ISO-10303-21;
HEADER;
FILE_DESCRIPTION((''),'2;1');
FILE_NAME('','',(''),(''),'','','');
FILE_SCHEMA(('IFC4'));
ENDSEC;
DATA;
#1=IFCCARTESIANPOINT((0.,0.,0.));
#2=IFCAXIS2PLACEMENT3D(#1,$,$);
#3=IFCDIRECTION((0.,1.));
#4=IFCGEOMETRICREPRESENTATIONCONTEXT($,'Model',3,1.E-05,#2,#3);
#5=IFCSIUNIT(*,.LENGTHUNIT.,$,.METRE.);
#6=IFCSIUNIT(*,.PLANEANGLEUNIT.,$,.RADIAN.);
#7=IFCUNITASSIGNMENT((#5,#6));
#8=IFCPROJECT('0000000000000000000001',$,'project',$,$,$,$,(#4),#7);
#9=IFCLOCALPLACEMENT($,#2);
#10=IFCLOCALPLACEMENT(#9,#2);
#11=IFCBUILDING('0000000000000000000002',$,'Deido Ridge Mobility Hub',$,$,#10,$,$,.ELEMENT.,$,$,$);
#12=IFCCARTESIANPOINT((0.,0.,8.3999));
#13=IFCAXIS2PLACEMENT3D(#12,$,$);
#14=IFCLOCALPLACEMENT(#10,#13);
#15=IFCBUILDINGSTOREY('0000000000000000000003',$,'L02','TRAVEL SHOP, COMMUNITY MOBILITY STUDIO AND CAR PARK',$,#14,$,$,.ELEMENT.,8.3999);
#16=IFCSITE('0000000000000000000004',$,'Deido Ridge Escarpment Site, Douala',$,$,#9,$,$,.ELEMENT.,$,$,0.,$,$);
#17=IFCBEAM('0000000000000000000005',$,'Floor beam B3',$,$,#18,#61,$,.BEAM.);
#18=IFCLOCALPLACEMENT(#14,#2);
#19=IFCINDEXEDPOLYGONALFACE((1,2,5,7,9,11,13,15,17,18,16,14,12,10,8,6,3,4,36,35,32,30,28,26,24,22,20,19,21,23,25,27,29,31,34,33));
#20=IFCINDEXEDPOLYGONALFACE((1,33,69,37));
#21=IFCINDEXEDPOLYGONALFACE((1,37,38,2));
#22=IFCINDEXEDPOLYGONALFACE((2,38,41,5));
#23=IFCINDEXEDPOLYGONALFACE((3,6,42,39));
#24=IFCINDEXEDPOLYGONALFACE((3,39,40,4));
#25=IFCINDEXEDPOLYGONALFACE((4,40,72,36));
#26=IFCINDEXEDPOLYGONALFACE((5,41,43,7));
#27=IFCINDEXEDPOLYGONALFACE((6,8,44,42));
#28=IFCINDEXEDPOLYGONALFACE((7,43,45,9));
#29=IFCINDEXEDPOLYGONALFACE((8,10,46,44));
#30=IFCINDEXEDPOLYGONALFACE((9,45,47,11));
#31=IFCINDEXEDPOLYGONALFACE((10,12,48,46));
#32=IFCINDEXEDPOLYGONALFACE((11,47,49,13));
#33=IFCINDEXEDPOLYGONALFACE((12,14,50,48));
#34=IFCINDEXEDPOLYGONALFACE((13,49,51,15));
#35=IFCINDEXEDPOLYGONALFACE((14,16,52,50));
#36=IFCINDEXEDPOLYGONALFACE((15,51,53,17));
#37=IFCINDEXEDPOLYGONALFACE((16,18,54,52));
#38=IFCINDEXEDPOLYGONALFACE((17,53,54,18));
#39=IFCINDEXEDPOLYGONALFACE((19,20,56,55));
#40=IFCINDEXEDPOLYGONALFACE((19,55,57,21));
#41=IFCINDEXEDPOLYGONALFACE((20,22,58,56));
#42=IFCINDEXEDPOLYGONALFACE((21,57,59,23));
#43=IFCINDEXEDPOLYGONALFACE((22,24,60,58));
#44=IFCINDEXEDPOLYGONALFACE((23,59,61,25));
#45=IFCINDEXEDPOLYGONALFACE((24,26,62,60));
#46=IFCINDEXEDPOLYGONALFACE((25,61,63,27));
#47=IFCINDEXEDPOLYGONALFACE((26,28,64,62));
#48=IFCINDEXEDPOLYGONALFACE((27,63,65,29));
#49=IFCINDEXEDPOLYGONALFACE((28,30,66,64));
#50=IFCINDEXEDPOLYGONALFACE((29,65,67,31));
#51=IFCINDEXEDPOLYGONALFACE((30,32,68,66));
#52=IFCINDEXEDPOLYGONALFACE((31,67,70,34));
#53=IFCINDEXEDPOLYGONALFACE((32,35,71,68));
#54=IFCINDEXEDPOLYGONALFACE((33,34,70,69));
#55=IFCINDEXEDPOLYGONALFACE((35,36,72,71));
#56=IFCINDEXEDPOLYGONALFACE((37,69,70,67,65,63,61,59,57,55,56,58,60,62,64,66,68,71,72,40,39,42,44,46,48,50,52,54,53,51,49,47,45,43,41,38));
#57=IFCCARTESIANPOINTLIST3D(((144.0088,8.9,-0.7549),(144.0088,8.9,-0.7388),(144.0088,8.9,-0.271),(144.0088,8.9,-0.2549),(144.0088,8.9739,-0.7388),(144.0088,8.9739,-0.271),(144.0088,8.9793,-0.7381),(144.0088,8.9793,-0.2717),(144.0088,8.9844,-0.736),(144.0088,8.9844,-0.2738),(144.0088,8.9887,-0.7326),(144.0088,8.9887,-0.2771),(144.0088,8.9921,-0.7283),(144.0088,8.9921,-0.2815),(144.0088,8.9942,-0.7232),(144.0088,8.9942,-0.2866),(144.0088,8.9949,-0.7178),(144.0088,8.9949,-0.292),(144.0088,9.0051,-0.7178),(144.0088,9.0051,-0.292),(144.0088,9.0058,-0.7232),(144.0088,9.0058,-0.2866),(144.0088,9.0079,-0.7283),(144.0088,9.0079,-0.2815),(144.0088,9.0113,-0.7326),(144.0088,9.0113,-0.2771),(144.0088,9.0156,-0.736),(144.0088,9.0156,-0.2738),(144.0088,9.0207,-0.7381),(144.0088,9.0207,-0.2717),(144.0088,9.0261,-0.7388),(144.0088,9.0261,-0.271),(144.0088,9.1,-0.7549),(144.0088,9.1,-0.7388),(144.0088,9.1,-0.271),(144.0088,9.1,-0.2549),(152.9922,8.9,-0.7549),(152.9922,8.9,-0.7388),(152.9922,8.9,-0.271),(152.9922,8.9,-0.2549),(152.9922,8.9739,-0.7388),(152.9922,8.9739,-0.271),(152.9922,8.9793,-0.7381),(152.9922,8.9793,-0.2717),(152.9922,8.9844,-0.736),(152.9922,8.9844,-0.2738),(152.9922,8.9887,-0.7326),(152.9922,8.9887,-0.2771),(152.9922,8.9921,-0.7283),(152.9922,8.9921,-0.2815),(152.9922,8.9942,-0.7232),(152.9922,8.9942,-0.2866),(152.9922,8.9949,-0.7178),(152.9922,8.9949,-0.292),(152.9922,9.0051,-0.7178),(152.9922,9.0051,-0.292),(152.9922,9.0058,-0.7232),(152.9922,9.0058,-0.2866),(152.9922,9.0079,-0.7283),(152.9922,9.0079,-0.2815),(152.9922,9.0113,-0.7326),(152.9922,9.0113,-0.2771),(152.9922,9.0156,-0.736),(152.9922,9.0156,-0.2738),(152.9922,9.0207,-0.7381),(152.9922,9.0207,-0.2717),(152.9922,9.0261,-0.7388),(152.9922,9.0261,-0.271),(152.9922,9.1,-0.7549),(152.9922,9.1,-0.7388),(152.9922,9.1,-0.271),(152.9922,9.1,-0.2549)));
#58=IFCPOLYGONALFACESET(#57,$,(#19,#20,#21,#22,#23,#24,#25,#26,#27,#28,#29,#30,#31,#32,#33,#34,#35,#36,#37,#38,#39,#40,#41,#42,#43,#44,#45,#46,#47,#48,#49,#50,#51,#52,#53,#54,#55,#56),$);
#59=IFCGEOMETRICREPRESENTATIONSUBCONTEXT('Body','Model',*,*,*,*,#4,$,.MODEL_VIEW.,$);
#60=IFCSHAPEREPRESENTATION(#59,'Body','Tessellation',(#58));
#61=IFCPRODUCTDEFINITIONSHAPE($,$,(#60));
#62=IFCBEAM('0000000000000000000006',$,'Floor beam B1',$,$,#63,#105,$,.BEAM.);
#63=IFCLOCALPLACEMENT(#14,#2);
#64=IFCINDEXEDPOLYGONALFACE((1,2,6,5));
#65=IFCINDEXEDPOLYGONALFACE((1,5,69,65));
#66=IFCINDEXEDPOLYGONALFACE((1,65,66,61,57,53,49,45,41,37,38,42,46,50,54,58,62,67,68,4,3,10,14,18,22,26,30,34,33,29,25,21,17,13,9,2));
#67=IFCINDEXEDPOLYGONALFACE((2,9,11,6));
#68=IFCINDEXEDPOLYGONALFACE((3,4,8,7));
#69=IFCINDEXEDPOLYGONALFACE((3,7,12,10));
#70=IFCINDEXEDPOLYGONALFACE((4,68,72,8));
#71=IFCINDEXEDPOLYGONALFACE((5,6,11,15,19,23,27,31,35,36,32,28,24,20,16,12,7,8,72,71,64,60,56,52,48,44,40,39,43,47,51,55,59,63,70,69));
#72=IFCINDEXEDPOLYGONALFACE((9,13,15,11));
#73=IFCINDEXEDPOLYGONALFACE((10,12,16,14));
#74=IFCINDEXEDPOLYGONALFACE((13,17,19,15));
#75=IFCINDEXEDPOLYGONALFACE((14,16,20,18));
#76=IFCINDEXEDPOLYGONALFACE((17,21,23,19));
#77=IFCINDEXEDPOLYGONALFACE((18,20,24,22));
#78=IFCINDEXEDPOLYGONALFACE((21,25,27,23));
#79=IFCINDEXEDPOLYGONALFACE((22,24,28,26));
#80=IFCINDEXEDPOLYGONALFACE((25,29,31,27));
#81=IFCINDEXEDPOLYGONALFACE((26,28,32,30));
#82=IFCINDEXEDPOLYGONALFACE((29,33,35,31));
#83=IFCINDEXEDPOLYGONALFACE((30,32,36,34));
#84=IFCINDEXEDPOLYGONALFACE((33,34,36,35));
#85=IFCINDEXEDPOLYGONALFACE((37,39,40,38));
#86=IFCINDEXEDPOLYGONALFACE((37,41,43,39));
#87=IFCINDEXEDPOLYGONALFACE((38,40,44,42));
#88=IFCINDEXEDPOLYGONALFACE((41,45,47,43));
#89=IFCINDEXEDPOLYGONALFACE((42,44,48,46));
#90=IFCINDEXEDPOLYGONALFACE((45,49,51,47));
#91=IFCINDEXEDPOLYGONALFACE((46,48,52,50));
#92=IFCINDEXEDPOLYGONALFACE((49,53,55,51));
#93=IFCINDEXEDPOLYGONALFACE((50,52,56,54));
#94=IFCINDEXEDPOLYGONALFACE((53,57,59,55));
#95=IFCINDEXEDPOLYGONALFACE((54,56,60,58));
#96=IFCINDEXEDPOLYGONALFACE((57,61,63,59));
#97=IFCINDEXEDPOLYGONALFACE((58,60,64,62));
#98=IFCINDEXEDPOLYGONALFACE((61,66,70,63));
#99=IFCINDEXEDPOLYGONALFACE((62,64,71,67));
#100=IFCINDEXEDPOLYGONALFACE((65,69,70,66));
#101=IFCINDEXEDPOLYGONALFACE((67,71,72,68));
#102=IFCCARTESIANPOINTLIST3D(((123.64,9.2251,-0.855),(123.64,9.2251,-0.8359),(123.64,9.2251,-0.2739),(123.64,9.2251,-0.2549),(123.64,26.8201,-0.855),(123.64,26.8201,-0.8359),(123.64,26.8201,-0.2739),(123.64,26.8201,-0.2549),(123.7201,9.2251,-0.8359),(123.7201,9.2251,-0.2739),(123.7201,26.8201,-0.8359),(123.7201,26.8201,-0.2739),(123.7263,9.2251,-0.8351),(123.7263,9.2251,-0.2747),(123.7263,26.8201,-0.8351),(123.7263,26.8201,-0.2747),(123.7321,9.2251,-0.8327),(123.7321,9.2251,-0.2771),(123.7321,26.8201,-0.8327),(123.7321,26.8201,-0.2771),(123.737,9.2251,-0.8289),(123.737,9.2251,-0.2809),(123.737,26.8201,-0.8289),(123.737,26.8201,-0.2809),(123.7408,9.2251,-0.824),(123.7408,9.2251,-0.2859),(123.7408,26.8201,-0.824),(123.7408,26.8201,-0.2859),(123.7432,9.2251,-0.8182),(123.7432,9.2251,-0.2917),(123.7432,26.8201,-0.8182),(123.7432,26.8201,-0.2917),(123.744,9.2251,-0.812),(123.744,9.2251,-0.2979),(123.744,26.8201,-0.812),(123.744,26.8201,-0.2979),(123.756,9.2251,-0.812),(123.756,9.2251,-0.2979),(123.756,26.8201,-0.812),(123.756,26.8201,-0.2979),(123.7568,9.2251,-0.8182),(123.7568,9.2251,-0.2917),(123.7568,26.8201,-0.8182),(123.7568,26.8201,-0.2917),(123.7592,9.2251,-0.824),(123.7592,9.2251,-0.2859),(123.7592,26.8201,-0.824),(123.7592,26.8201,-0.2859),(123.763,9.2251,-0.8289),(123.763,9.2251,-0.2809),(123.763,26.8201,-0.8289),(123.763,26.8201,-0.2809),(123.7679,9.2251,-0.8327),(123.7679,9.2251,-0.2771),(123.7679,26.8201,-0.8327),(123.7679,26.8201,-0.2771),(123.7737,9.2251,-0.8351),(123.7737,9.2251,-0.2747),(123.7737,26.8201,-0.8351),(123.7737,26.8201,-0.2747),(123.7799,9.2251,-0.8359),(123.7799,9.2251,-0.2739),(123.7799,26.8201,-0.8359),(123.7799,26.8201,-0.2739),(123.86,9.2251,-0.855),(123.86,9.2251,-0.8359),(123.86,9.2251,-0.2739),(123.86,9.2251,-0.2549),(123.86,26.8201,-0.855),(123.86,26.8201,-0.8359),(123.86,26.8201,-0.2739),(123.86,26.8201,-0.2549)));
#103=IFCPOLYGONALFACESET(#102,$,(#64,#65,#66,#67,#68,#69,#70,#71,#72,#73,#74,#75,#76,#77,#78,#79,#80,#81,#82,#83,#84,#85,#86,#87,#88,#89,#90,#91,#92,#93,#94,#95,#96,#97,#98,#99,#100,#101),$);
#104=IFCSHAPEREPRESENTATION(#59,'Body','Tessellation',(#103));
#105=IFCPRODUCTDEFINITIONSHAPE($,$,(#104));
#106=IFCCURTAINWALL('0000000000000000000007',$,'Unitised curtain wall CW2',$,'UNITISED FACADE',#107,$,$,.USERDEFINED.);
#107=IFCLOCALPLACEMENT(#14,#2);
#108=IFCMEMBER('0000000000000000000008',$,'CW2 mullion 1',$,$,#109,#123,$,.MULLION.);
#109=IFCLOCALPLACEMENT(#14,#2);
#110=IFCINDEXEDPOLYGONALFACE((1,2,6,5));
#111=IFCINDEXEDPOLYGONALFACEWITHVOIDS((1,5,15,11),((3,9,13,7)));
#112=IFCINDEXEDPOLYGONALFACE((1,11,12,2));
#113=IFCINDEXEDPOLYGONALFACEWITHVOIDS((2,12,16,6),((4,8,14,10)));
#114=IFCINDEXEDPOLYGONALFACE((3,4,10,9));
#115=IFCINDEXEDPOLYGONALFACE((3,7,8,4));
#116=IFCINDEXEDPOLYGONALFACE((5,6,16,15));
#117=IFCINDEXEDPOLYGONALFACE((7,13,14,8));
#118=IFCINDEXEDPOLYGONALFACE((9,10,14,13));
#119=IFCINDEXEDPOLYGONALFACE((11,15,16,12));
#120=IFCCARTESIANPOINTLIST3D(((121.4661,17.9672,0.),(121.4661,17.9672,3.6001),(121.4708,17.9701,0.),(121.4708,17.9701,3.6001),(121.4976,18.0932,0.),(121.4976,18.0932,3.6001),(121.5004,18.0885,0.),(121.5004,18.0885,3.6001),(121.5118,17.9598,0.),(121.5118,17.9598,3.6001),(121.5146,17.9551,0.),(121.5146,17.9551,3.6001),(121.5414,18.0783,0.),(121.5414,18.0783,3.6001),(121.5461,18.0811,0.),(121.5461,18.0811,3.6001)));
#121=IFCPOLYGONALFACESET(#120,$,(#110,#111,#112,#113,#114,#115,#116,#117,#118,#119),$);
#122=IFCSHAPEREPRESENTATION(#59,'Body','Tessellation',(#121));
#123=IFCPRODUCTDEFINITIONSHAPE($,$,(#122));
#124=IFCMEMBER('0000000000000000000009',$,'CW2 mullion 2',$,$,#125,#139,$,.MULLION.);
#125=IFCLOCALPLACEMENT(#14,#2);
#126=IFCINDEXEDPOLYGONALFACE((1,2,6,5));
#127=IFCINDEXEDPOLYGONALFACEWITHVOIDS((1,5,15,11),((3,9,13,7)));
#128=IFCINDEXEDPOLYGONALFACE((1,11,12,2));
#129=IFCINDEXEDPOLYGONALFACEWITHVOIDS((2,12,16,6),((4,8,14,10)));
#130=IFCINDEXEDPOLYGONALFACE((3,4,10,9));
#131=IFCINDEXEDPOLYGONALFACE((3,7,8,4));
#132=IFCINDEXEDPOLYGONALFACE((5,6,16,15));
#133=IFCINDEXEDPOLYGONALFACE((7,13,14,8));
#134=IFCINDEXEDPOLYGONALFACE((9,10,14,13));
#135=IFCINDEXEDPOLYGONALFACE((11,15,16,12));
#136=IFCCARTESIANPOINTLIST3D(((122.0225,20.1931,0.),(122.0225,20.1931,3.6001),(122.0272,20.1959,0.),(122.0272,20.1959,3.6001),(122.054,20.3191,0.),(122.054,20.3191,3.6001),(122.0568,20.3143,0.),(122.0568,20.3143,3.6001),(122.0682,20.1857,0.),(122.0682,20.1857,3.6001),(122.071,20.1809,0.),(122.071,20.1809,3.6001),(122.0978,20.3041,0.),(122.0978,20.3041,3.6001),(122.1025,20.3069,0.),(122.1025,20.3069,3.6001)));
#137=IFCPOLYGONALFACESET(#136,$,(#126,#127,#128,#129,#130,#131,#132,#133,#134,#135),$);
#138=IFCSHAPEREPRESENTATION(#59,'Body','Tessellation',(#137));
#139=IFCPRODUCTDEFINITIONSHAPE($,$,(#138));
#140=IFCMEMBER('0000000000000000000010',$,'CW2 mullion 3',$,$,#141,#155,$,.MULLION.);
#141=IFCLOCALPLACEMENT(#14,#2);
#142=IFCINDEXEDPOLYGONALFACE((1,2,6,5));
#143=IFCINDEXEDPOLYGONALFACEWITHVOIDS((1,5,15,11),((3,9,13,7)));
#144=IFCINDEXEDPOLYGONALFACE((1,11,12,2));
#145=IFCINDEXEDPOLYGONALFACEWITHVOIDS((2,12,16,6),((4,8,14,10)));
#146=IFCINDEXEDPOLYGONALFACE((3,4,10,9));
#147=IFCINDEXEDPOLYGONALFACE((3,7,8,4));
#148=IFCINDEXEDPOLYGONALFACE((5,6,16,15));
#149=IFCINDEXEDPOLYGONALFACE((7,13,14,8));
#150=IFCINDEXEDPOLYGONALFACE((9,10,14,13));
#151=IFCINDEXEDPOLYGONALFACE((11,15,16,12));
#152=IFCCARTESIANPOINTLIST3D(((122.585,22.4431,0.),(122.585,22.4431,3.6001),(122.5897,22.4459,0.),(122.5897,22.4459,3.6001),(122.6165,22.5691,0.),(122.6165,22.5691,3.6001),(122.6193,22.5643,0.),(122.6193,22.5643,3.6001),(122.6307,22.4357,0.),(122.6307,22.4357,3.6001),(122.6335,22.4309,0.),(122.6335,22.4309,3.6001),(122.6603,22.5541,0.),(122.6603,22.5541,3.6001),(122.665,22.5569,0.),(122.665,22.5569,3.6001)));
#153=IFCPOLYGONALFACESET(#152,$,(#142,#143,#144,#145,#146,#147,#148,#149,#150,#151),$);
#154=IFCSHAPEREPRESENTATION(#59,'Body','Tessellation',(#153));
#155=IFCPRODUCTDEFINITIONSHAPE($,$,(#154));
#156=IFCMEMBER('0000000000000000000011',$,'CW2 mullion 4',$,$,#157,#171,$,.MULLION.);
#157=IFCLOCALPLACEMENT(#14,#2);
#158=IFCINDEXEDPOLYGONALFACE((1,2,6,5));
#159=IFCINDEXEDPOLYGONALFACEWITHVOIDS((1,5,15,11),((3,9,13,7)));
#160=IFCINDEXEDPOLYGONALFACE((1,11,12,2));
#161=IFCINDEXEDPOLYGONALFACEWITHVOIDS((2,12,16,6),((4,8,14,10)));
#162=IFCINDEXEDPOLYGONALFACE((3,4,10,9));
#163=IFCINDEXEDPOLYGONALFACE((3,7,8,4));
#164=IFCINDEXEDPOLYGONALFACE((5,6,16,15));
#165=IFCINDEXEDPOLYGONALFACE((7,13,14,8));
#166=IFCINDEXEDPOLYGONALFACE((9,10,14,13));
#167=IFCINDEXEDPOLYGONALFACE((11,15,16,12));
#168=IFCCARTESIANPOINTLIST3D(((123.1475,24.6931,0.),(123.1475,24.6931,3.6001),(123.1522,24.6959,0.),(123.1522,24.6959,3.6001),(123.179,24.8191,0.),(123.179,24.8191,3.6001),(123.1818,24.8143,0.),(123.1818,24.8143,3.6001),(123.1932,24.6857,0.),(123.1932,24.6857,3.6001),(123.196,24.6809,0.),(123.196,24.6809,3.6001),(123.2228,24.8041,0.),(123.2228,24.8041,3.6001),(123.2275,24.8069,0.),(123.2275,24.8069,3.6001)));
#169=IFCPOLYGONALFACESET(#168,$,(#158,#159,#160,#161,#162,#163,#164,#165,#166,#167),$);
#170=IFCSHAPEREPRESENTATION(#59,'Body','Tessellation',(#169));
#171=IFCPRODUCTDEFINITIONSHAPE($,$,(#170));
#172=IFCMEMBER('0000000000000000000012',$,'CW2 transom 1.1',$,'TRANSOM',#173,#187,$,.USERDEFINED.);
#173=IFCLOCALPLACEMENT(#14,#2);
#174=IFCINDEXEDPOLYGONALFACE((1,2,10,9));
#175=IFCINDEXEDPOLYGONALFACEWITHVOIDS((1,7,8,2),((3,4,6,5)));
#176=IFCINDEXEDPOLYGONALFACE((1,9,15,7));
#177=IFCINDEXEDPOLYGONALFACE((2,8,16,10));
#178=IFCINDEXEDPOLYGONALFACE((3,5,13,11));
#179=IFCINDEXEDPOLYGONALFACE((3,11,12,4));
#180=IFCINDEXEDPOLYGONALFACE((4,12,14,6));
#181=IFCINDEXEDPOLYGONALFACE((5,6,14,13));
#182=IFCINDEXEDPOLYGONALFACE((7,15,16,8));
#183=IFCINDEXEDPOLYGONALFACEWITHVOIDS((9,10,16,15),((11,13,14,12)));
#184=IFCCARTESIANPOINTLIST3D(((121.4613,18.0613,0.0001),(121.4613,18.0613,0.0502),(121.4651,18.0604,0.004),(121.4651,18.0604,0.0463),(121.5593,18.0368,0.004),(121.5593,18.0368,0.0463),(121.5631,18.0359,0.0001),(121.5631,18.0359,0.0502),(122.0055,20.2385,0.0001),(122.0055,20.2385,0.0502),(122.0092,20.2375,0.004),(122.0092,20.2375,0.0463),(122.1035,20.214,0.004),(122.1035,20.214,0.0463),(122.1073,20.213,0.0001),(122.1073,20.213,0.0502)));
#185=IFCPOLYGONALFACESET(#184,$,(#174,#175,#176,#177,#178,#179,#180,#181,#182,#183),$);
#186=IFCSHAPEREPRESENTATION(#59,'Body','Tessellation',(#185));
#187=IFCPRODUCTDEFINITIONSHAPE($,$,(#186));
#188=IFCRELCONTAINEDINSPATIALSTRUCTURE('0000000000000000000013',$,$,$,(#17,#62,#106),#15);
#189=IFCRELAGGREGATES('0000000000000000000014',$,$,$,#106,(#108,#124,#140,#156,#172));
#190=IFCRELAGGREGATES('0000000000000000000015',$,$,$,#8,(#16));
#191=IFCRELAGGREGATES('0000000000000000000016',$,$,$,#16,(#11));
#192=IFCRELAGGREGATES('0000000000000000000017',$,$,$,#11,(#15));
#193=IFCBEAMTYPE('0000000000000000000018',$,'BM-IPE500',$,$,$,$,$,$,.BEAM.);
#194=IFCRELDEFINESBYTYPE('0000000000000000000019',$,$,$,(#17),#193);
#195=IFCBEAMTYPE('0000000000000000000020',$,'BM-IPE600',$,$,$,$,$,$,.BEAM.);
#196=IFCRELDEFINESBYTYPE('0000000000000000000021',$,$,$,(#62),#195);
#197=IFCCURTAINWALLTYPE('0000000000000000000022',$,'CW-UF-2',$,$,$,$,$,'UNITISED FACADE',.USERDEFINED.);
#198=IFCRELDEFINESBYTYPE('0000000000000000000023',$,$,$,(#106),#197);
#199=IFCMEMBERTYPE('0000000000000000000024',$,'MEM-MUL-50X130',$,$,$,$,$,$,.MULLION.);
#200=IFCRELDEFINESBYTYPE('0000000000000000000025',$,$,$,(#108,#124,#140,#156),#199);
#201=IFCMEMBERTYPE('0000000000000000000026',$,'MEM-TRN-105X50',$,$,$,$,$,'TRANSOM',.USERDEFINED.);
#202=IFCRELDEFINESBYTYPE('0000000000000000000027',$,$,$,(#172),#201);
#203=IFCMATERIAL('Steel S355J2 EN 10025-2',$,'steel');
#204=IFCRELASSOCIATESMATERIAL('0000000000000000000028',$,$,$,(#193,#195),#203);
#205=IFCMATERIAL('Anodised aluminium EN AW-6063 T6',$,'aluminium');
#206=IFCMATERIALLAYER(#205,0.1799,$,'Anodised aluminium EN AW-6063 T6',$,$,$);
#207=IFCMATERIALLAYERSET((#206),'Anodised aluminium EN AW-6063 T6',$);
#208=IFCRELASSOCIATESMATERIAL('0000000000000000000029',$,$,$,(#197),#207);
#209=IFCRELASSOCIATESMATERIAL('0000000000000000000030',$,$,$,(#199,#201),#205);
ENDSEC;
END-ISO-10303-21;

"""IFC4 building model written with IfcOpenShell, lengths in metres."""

from ifc_helpers import new_model, si_unit, direction, frame, origin, origin_2d, place, context, subcontext, project, spatial, hollow_rectangle, i_section, extrude, material, layer, layer_set, material_profile, profile_set, type_object, element, aggregate, save


model = new_model("IFC4")

# Units and contexts
model_context = context("Model", 3, precision=1e-05, world=origin(), true_north=direction((0.0, 1.0)))
body_context = subcontext(model_context, "Body", "Model", "MODEL_VIEW")
ifc_project = project(units=[si_unit("LENGTHUNIT", "METRE"), si_unit("PLANEANGLEUNIT", "RADIAN")], contexts=[model_context])

# Site, building, storey
site_placement = place(None, origin())
site = spatial("IfcSite", under=ifc_project, at=site_placement, Name="Deido Ridge Escarpment Site, Douala", CompositionType="ELEMENT", RefElevation=0.0)
building_placement = place(site_placement, origin())
building = spatial("IfcBuilding", under=site, at=building_placement, Name="Deido Ridge Mobility Hub", CompositionType="ELEMENT")
storey_placement = place(building_placement, frame((0.0, 0.0, 8.3999)))
storey = spatial("IfcBuildingStorey", under=building, at=storey_placement, Name="L02", Description="TRAVEL SHOP, COMMUNITY MOBILITY STUDIO AND CAR PARK", CompositionType="ELEMENT", Elevation=8.3999)

# Shared definitions
ifc_material_1 = material(Name="Steel S355J2 EN 10025-2", Category="steel")

# Beams
ifc_material_profile_1 = material_profile(ifc_material_1, i_section(OverallWidth=0.2, OverallDepth=0.5, WebThickness=0.0103, FlangeThickness=0.0161, FilletRadius=0.021, at=origin_2d()), Name="IPE 500")
ifc_profile_set_1 = profile_set([ifc_material_profile_1], Name="Steel S355J2 EN 10025-2")
beam_type_1 = type_object("IfcBeamType", Name="BM-IPE500", PredefinedType="BEAM", material=ifc_profile_set_1)
beam_1_placement = place(storey_placement, frame((144.0088, 9.0, -0.5049), z_axis=(1.0, 0.0, 0.0), x_axis=(0.0, 1.0, 0.0)))
element("IfcBeam", 1, at=beam_1_placement, inside=storey, type_object=beam_type_1, Name="Floor beam B3", PredefinedType="BEAM", context=body_context, shape_type="SweptSolid", body=[
    extrude(i_section(OverallWidth=0.2, OverallDepth=0.5, WebThickness=0.0103, FlangeThickness=0.0161, FilletRadius=0.021, at=origin_2d()), origin(), (0.0, 0.0, 1.0), 8.9834),
])
ifc_material_profile_2 = material_profile(ifc_material_1, i_section(OverallWidth=0.22, OverallDepth=0.6001, WebThickness=0.012, FlangeThickness=0.019, FilletRadius=0.0239, at=origin_2d()), Name="IPE 600")
ifc_profile_set_2 = profile_set([ifc_material_profile_2], Name="Steel S355J2 EN 10025-2")
beam_type_2 = type_object("IfcBeamType", Name="BM-IPE600", PredefinedType="BEAM", material=ifc_profile_set_2)
beam_2_placement = place(storey_placement, frame((123.75, 9.2251, -0.5549), z_axis=(0.0, 1.0, 0.0), x_axis=(-1.0, 0.0, 0.0)))
element("IfcBeam", 2, at=beam_2_placement, inside=storey, type_object=beam_type_2, Name="Floor beam B1", PredefinedType="BEAM", context=body_context, shape_type="SweptSolid", body=[
    extrude(i_section(OverallWidth=0.22, OverallDepth=0.6001, WebThickness=0.012, FlangeThickness=0.019, FilletRadius=0.0239, at=origin_2d()), origin(), (0.0, 0.0, 1.0), 17.595),
])

# Curtain wall, members
ifc_material_2 = material(Name="Anodised aluminium EN AW-6063 T6", Category="aluminium")
ifc_layer_1 = layer(ifc_material_2, 0.1799, Name="Anodised aluminium EN AW-6063 T6")
ifc_layer_set_1 = layer_set([ifc_layer_1], Name="Anodised aluminium EN AW-6063 T6")
curtain_wall_type = type_object("IfcCurtainWallType", Name="CW-UF-2", ElementType="UNITISED FACADE", PredefinedType="USERDEFINED", material=ifc_layer_set_1)
curtain_wall_placement = place(storey_placement, origin())
curtain_wall = element("IfcCurtainWall", 3, at=curtain_wall_placement, inside=storey, type_object=curtain_wall_type, Name="Unitised curtain wall CW2", ObjectType="UNITISED FACADE", PredefinedType="USERDEFINED")
ifc_material_profile_3 = material_profile(ifc_material_2, hollow_rectangle(XDim=0.05, YDim=0.1299, WallThickness=0.0039, at=origin_2d()), Name="RHS 50x130x4")
ifc_profile_set_3 = profile_set([ifc_material_profile_3], Name="Anodised aluminium EN AW-6063 T6")
member_type_1 = type_object("IfcMemberType", Name="MEM-MUL-50X130", PredefinedType="MULLION", material=ifc_profile_set_3)
member_1_placement = place(storey_placement, frame((121.5061, 18.0242, 0.0), z_axis=(0.0, 0.0, 1.0), x_axis=(-0.970143, 0.242536, 0.0)))
member_1 = element("IfcMember", 4, at=member_1_placement, type_object=member_type_1, Name="CW2 mullion 1", PredefinedType="MULLION", context=body_context, shape_type="SweptSolid", body=[
    extrude(hollow_rectangle(XDim=0.05, YDim=0.1299, WallThickness=0.0039, at=origin_2d()), origin(), (0.0, 0.0, 1.0), 3.6001),
])
member_2_placement = place(storey_placement, frame((122.0625, 20.25, 0.0), z_axis=(0.0, 0.0, 1.0), x_axis=(-0.970143, 0.242536, 0.0)))
member_2 = element("IfcMember", 5, at=member_2_placement, type_object=member_type_1, Name="CW2 mullion 2", PredefinedType="MULLION", context=body_context, shape_type="SweptSolid", body=[
    extrude(hollow_rectangle(XDim=0.05, YDim=0.1299, WallThickness=0.0039, at=origin_2d()), origin(), (0.0, 0.0, 1.0), 3.6001),
])
member_3_placement = place(storey_placement, frame((122.625, 22.5, 0.0), z_axis=(0.0, 0.0, 1.0), x_axis=(-0.970143, 0.242536, 0.0)))
member_3 = element("IfcMember", 6, at=member_3_placement, type_object=member_type_1, Name="CW2 mullion 3", PredefinedType="MULLION", context=body_context, shape_type="SweptSolid", body=[
    extrude(hollow_rectangle(XDim=0.05, YDim=0.1299, WallThickness=0.0039, at=origin_2d()), origin(), (0.0, 0.0, 1.0), 3.6001),
])
member_4_placement = place(storey_placement, frame((123.1875, 24.75, 0.0), z_axis=(0.0, 0.0, 1.0), x_axis=(-0.970143, 0.242536, 0.0)))
member_4 = element("IfcMember", 7, at=member_4_placement, type_object=member_type_1, Name="CW2 mullion 4", PredefinedType="MULLION", context=body_context, shape_type="SweptSolid", body=[
    extrude(hollow_rectangle(XDim=0.05, YDim=0.1299, WallThickness=0.0039, at=origin_2d()), origin(), (0.0, 0.0, 1.0), 3.6001),
])
ifc_material_profile_4 = material_profile(ifc_material_2, hollow_rectangle(XDim=0.105, YDim=0.05, WallThickness=0.0039, at=origin_2d()), Name="RHS 105x50x4")
ifc_profile_set_4 = profile_set([ifc_material_profile_4], Name="Anodised aluminium EN AW-6063 T6")
member_type_2 = type_object("IfcMemberType", Name="MEM-TRN-105X50", ElementType="TRANSOM", PredefinedType="USERDEFINED", material=ifc_profile_set_4)
member_5_placement = place(storey_placement, frame((121.5122, 18.0486, 0.0251), z_axis=(0.242484, 0.970155, 0.0), x_axis=(-0.970155, 0.242484, 0.0)))
member_5 = element("IfcMember", 8, at=member_5_placement, type_object=member_type_2, Name="CW2 transom 1.1", ObjectType="TRANSOM", PredefinedType="USERDEFINED", context=body_context, shape_type="SweptSolid", body=[
    extrude(hollow_rectangle(XDim=0.105, YDim=0.05, WallThickness=0.0039, at=origin_2d()), origin(), (0.0, 0.0, 1.0), 2.2441),
])
aggregate(curtain_wall, [member_1, member_2, member_3, member_4, member_5])

save(model, "model.ifc")
